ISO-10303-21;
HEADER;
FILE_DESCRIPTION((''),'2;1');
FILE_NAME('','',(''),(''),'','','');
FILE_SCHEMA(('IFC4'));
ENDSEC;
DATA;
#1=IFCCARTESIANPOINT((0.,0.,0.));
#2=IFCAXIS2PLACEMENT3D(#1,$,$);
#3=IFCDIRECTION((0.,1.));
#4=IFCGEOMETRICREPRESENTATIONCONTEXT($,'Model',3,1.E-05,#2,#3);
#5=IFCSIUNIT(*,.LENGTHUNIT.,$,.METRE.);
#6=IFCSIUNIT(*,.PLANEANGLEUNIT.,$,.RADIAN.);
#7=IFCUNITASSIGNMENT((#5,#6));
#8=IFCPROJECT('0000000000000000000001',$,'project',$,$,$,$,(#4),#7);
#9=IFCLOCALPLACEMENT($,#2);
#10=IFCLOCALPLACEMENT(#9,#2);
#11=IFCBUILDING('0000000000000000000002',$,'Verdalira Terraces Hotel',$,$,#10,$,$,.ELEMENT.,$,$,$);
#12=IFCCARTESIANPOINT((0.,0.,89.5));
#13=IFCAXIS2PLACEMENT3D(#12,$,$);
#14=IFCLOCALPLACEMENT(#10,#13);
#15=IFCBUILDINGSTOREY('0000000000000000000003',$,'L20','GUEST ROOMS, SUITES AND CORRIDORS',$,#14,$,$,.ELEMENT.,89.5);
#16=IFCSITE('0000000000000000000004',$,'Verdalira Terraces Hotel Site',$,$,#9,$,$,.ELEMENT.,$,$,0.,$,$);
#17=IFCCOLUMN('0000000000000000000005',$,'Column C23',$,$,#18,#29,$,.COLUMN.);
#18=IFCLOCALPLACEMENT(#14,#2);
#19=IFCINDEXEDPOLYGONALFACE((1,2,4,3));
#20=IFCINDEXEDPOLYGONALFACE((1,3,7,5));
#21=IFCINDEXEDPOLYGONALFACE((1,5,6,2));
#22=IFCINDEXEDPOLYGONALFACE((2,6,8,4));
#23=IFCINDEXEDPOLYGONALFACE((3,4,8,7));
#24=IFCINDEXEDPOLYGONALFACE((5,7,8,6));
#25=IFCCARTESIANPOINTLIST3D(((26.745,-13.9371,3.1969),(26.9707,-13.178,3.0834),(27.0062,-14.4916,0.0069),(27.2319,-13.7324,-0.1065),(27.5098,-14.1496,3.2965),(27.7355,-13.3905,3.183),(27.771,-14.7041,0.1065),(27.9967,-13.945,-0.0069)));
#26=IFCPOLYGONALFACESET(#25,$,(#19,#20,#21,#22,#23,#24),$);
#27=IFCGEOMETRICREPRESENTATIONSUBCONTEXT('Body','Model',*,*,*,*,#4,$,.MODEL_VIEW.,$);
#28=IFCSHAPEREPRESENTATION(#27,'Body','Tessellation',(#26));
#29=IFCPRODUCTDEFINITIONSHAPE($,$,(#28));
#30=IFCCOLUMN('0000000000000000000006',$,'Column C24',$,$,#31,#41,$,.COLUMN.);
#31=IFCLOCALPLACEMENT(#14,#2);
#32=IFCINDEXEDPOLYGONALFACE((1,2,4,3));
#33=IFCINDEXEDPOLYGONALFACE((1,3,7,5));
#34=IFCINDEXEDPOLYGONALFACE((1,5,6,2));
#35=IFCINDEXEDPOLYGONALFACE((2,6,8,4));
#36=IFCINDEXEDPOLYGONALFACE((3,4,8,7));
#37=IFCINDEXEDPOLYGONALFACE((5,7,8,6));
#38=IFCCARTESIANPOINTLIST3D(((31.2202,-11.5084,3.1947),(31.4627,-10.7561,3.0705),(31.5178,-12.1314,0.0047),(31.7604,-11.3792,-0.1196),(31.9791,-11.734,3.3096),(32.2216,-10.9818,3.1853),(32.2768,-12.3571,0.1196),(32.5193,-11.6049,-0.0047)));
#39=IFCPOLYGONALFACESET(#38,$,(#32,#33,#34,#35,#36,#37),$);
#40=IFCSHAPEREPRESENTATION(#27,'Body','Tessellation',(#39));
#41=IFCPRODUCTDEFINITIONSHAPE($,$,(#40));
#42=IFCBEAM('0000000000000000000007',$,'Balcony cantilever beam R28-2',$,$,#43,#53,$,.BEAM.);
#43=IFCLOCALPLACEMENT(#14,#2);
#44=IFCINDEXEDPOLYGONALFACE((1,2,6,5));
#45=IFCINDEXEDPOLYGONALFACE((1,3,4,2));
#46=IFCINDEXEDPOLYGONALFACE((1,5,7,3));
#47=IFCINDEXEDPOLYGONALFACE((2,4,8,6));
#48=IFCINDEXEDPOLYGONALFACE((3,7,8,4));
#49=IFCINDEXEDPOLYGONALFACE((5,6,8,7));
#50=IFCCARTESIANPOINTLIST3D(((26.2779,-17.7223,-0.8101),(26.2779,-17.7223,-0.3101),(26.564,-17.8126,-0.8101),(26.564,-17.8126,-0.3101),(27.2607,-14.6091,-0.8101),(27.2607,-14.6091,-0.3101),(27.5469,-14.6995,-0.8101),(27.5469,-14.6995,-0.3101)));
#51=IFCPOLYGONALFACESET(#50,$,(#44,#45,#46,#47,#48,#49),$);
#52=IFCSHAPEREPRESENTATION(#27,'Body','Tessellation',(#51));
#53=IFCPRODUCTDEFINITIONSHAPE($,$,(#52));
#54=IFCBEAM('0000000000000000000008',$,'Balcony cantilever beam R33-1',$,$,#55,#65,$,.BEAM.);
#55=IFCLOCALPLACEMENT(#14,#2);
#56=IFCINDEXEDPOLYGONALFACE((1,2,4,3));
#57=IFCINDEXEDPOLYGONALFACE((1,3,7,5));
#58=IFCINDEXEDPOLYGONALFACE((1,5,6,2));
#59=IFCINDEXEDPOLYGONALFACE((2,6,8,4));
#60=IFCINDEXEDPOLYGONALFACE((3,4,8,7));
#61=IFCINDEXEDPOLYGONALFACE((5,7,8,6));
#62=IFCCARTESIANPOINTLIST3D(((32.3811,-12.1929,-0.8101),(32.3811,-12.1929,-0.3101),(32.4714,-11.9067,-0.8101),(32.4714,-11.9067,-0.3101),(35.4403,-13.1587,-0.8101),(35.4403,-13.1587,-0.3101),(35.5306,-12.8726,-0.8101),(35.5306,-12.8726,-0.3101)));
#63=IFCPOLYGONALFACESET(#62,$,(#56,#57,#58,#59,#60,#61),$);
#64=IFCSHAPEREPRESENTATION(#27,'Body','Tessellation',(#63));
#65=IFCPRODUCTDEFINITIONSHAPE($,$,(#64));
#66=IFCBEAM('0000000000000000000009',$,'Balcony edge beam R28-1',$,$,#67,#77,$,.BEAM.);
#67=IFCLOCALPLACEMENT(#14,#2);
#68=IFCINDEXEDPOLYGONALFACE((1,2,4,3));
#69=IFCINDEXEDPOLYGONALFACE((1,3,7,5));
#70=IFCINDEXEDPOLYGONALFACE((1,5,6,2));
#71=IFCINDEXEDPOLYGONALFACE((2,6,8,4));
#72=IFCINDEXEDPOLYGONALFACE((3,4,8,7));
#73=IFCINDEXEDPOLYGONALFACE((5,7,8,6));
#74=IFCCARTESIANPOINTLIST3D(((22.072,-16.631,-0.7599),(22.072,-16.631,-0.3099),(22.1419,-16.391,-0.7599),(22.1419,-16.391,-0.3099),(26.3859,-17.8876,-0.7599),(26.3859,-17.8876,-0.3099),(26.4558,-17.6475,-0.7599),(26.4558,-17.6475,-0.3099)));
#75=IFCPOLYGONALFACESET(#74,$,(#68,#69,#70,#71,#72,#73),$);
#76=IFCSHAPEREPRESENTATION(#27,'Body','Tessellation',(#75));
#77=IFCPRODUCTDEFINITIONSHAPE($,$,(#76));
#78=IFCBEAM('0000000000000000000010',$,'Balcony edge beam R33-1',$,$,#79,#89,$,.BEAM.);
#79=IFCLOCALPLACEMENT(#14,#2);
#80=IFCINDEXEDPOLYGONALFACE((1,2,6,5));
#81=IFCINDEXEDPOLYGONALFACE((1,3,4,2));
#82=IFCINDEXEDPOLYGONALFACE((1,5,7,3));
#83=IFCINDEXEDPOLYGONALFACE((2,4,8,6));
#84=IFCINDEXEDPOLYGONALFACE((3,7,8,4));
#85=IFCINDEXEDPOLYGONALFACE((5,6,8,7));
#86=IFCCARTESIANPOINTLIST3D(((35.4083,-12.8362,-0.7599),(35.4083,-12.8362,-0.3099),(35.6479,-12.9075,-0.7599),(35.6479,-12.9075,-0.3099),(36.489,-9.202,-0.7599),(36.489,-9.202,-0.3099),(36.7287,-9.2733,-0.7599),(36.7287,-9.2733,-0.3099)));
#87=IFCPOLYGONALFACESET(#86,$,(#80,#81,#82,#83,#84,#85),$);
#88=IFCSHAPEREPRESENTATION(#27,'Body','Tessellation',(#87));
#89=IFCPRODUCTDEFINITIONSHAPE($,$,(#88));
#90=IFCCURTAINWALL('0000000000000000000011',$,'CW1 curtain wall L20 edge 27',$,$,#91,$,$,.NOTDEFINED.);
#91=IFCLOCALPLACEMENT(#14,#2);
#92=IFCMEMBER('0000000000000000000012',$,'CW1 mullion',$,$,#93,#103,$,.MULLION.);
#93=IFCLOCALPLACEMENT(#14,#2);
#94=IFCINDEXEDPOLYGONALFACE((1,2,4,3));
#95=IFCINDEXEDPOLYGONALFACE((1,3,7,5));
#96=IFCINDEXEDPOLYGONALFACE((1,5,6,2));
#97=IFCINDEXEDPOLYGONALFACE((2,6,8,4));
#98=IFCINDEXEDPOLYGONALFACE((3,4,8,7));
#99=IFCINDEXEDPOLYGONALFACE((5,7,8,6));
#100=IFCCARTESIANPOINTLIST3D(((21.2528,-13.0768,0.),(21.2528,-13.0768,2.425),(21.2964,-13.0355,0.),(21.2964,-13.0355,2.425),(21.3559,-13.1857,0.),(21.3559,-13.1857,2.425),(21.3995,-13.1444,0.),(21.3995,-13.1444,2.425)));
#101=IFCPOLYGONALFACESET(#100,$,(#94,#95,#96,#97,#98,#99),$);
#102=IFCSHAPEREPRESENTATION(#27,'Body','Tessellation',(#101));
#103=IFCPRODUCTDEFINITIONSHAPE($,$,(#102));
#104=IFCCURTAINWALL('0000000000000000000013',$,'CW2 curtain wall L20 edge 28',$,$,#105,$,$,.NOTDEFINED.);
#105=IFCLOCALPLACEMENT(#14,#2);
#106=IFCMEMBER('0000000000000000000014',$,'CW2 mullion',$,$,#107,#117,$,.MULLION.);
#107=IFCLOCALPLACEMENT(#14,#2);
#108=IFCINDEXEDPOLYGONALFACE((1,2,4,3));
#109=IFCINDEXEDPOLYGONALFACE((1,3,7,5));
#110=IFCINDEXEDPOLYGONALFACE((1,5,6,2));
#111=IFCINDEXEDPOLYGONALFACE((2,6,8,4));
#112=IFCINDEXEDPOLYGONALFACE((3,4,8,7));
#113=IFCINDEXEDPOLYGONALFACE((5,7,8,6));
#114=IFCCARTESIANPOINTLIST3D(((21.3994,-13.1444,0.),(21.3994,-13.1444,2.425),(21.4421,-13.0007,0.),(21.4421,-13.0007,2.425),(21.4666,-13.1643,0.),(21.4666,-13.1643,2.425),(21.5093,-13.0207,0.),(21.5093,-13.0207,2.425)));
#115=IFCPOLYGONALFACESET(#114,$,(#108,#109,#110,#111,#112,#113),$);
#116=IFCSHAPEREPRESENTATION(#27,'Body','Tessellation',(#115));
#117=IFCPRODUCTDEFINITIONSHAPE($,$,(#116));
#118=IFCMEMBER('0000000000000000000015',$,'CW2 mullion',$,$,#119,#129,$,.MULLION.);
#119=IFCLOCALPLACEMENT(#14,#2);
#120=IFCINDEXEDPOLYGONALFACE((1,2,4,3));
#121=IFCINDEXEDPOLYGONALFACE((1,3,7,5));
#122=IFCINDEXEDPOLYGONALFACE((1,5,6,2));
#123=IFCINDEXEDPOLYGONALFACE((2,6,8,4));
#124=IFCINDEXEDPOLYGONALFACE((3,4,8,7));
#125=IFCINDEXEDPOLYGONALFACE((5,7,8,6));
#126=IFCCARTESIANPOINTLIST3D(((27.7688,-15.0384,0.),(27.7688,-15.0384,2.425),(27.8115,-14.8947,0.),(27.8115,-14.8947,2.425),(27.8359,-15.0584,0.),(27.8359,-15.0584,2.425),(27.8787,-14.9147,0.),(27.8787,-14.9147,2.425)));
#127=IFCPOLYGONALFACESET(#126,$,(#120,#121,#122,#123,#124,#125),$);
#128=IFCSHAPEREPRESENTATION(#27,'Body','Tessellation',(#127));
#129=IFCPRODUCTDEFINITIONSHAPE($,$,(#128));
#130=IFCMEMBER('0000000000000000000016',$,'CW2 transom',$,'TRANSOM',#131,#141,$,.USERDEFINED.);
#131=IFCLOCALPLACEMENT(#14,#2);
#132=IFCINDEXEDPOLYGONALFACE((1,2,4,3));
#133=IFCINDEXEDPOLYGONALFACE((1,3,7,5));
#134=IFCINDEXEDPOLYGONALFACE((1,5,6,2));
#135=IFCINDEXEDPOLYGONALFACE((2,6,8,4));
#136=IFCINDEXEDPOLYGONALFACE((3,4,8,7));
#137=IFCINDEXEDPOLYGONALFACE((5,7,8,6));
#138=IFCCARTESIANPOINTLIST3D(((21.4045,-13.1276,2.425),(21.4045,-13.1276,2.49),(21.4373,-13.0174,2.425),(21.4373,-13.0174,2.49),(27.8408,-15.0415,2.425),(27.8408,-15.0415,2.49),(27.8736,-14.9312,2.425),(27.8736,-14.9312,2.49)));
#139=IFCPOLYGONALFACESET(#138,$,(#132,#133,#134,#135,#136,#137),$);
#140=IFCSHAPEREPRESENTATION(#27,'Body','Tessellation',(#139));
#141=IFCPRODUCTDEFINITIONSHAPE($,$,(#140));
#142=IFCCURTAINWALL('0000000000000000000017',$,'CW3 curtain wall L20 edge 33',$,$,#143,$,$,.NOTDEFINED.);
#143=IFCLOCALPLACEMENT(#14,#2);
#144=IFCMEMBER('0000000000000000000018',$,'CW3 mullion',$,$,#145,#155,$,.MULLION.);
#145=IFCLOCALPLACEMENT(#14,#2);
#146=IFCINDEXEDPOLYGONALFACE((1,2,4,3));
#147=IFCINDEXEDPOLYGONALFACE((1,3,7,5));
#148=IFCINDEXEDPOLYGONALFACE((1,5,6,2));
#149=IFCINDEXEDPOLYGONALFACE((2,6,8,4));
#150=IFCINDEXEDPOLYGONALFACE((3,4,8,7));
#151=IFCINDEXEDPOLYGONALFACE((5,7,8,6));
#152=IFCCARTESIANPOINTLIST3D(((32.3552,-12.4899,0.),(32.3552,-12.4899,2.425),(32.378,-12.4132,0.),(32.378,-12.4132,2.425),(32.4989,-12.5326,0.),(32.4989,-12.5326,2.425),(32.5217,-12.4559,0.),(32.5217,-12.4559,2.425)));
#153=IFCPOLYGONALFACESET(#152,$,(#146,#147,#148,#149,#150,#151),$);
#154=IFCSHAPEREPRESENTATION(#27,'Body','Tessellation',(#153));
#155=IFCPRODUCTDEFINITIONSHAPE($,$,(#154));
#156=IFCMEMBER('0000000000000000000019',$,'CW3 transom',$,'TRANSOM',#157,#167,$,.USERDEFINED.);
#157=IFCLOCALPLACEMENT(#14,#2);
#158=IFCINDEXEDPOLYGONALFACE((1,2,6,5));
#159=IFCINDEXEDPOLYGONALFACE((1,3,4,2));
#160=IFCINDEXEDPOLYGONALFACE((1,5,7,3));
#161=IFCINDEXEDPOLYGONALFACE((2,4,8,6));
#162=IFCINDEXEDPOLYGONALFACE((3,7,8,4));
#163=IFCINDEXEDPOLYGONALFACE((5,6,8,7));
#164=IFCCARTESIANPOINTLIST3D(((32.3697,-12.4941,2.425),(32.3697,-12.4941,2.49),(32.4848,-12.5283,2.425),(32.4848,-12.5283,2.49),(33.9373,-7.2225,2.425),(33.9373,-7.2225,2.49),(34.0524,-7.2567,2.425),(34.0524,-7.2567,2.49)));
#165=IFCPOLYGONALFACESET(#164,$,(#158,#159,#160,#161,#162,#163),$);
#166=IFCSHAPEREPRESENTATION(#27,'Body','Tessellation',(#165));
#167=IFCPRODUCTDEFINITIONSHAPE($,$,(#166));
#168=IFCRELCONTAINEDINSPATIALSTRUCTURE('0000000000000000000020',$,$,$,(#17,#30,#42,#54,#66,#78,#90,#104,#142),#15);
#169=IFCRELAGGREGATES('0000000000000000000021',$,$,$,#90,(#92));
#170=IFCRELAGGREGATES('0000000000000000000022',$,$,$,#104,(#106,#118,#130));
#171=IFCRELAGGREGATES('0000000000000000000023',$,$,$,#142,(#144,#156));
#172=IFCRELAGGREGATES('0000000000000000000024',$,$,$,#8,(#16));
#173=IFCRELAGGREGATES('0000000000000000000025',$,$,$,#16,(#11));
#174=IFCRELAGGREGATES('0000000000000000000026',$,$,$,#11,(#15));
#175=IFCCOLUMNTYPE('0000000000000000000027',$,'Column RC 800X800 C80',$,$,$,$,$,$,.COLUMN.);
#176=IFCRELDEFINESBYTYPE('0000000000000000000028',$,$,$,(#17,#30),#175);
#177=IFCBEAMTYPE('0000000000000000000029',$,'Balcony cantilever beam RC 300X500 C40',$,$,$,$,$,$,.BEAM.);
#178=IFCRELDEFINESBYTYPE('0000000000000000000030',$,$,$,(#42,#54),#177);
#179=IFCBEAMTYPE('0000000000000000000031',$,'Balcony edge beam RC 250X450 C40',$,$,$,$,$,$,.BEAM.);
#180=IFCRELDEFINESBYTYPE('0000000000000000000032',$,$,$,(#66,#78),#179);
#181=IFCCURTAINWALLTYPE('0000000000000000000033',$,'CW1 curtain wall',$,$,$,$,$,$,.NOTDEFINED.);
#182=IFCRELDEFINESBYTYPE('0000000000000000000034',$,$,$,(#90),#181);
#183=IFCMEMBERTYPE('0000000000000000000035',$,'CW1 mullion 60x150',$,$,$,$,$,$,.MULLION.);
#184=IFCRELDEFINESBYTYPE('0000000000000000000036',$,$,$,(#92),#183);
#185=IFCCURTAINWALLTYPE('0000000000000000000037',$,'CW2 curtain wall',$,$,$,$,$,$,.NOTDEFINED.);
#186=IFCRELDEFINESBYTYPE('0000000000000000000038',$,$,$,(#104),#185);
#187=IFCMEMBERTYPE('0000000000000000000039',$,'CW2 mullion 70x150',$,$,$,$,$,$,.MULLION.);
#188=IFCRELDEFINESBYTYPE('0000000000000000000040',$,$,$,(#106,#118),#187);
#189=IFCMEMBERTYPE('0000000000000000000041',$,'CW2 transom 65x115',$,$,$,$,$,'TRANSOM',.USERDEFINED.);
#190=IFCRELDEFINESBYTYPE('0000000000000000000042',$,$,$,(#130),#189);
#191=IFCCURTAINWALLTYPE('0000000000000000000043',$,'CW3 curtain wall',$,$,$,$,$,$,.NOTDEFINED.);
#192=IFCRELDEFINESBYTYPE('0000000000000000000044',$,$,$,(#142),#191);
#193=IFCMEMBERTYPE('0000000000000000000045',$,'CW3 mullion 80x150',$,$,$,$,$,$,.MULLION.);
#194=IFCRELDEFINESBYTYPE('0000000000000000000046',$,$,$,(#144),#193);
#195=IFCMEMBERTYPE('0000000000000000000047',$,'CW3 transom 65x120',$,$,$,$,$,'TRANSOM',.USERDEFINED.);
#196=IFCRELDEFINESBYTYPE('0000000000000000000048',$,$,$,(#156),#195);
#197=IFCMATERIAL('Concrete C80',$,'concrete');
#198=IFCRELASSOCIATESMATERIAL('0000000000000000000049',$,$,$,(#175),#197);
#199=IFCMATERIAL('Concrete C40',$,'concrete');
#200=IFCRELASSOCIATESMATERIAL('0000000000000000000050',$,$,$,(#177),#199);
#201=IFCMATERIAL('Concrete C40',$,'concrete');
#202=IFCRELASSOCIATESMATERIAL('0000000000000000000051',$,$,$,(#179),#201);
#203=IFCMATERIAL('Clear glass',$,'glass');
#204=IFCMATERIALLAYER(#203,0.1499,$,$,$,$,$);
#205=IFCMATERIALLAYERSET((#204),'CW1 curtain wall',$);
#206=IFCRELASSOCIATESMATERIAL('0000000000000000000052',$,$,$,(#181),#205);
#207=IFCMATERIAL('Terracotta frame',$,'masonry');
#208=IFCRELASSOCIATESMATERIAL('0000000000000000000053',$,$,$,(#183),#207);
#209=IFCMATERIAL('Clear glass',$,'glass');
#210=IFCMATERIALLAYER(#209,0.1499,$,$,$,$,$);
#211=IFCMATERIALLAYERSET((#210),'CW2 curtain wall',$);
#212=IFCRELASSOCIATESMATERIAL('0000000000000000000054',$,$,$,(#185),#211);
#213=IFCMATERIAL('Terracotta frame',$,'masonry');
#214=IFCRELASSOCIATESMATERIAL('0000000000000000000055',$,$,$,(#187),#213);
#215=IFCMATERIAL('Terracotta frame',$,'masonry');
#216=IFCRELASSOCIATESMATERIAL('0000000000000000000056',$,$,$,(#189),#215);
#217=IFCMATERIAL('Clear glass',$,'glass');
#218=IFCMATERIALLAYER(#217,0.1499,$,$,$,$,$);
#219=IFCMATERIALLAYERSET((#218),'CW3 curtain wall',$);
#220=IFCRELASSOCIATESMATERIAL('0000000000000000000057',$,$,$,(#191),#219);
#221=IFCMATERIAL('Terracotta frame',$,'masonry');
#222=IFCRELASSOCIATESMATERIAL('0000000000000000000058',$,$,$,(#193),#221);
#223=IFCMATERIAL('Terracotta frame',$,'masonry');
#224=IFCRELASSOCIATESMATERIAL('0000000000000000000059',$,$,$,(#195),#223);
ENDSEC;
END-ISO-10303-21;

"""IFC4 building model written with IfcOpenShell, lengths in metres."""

from ifc_helpers import new_model, si_unit, direction, frame, origin, origin_2d, place, context, subcontext, project, spatial, rectangle, extrude, material, layer, layer_set, material_profile, profile_set, type_object, element, aggregate, save


model = new_model("IFC4")

# Units and contexts
model_context = context("Model", 3, precision=1e-05, world=origin(), true_north=direction((0.0, 1.0)))
body_context = subcontext(model_context, "Body", "Model", "MODEL_VIEW")
ifc_project = project(units=[si_unit("LENGTHUNIT", "METRE"), si_unit("PLANEANGLEUNIT", "RADIAN")], contexts=[model_context])

# Site, building, storey
site_placement = place(None, origin())
site = spatial("IfcSite", under=ifc_project, at=site_placement, Name="Verdalira Terraces Hotel Site", CompositionType="ELEMENT", RefElevation=0.0)
building_placement = place(site_placement, origin())
building = spatial("IfcBuilding", under=site, at=building_placement, Name="Verdalira Terraces Hotel", CompositionType="ELEMENT")
storey_placement = place(building_placement, frame((0.0, 0.0, 89.5)))
storey = spatial("IfcBuildingStorey", under=building, at=storey_placement, Name="L20", Description="GUEST ROOMS, SUITES AND CORRIDORS", CompositionType="ELEMENT", Elevation=89.5)

# Columns
ifc_material_1 = material(Name="Concrete C80", Category="concrete")
ifc_material_profile_1 = material_profile(ifc_material_1, rectangle(XDim=0.8, YDim=0.8, at=origin_2d()), Name="RC 800X800")
ifc_profile_set_1 = profile_set([ifc_material_profile_1], Name="Concrete C80")
column_type = type_object("IfcColumnType", Name="Column RC 800X800 C80", PredefinedType="COLUMN", material=ifc_profile_set_1)
column_1_placement = place(storey_placement, frame((27.5015, -14.2183, 0.0), z_axis=(-0.080421, 0.170688, 0.982038), x_axis=(0.956007, -0.265633, 0.124459)))
element("IfcColumn", 1, at=column_1_placement, inside=storey, type_object=column_type, Name="Column C23", PredefinedType="COLUMN", context=body_context, shape_type="SweptSolid", body=[
    extrude(rectangle(XDim=0.8, YDim=0.8, at=origin_2d()), origin(), (0.0, 0.0, 1.0), 3.2483),
])
column_2_placement = place(storey_placement, frame((32.0186, -11.8682, 0.0), z_axis=(-0.091184, 0.190895, 0.977366), x_axis=(0.303123, 0.940203, -0.155357)))
element("IfcColumn", 2, at=column_2_placement, inside=storey, type_object=column_type, Name="Column C24", PredefinedType="COLUMN", context=body_context, shape_type="SweptSolid", body=[
    extrude(rectangle(XDim=0.8, YDim=0.8, at=origin_2d()), origin(), (0.0, 0.0, 1.0), 3.2639),
])

# Beams
ifc_material_2 = material(Name="Concrete C40", Category="concrete")
ifc_material_profile_2 = material_profile(ifc_material_2, rectangle(XDim=0.3, YDim=0.5, at=origin_2d()), Name="RC 300X500")
ifc_profile_set_2 = profile_set([ifc_material_profile_2], Name="Concrete C40")
beam_type_1 = type_object("IfcBeamType", Name="Balcony cantilever beam RC 300X500 C40", PredefinedType="BEAM", material=ifc_profile_set_2)
beam_1_placement = place(storey_placement, frame((27.4038, -14.6543, -0.5601), z_axis=(-0.301067, -0.953603, 0.0), x_axis=(0.953603, -0.301067, 0.0)))
element("IfcBeam", 3, at=beam_1_placement, inside=storey, type_object=beam_type_1, Name="Balcony cantilever beam R28-2", PredefinedType="BEAM", context=body_context, shape_type="SweptSolid", body=[
    extrude(rectangle(XDim=0.3, YDim=0.5, at=origin_2d()), origin(), (0.0, 0.0, 1.0), 3.2646),
])
beam_2_placement = place(storey_placement, frame((32.4263, -12.0498, -0.5601), z_axis=(0.953601, -0.301073, 0.0), x_axis=(0.301073, 0.953601, 0.0)))
element("IfcBeam", 4, at=beam_2_placement, inside=storey, type_object=beam_type_1, Name="Balcony cantilever beam R33-1", PredefinedType="BEAM", context=body_context, shape_type="SweptSolid", body=[
    extrude(rectangle(XDim=0.3, YDim=0.5, at=origin_2d()), origin(), (0.0, 0.0, 1.0), 3.208),
])
ifc_material_3 = material(Name="Concrete C40", Category="concrete")
ifc_material_profile_3 = material_profile(ifc_material_3, rectangle(XDim=0.25, YDim=0.45, at=origin_2d()), Name="RC 250X450")
ifc_profile_set_3 = profile_set([ifc_material_profile_3], Name="Concrete C40")
beam_type_2 = type_object("IfcBeamType", Name="Balcony edge beam RC 250X450 C40", PredefinedType="BEAM", material=ifc_profile_set_3)
beam_3_placement = place(storey_placement, frame((22.1069, -16.511, -0.5349), z_axis=(0.960099, -0.279662, 0.0), x_axis=(0.279662, 0.960099, 0.0)))
element("IfcBeam", 5, at=beam_3_placement, inside=storey, type_object=beam_type_2, Name="Balcony edge beam R28-1", PredefinedType="BEAM", context=body_context, shape_type="SweptSolid", body=[
    extrude(rectangle(XDim=0.25, YDim=0.45, at=origin_2d()), origin(), (0.0, 0.0, 1.0), 4.4932),
])
beam_4_placement = place(storey_placement, frame((35.5281, -12.8718, -0.5349), z_axis=(0.285055, 0.958511, 0.0), x_axis=(-0.958511, 0.285055, 0.0)))
element("IfcBeam", 6, at=beam_4_placement, inside=storey, type_object=beam_type_2, Name="Balcony edge beam R33-1", PredefinedType="BEAM", context=body_context, shape_type="SweptSolid", body=[
    extrude(rectangle(XDim=0.25, YDim=0.45, at=origin_2d()), origin(), (0.0, 0.0, 1.0), 3.7915),
])

# Curtain wall, member
ifc_material_4 = material(Name="Clear glass", Category="glass")
ifc_layer_1 = layer(ifc_material_4, 0.1499)
ifc_layer_set_1 = layer_set([ifc_layer_1], Name="CW1 curtain wall")
curtain_wall_type_1 = type_object("IfcCurtainWallType", Name="CW1 curtain wall", PredefinedType="NOTDEFINED", material=ifc_layer_set_1)
curtain_wall_1_placement = place(storey_placement, origin())
curtain_wall_1 = element("IfcCurtainWall", 7, at=curtain_wall_1_placement, inside=storey, type_object=curtain_wall_type_1, Name="CW1 curtain wall L20 edge 27", PredefinedType="NOTDEFINED")
ifc_material_5 = material(Name="Terracotta frame", Category="masonry")
ifc_material_profile_4 = material_profile(ifc_material_5, rectangle(XDim=0.0601, YDim=0.1499, at=origin_2d()), Name="MU 60x150")
ifc_profile_set_4 = profile_set([ifc_material_profile_4], Name="Terracotta frame")
member_type_1 = type_object("IfcMemberType", Name="CW1 mullion 60x150", PredefinedType="MULLION", material=ifc_profile_set_4)
member_1_placement = place(storey_placement, frame((21.3262, -13.1106, 0.0), z_axis=(0.0, 0.0, 1.0), x_axis=(0.726095, 0.687595, 0.0)))
member_1 = element("IfcMember", 8, at=member_1_placement, type_object=member_type_1, Name="CW1 mullion", PredefinedType="MULLION", context=body_context, shape_type="SweptSolid", body=[
    extrude(rectangle(XDim=0.0601, YDim=0.1499, at=origin_2d()), origin(), (0.0, 0.0, 1.0), 2.425),
])
aggregate(curtain_wall_1, [member_1])

# Curtain walls, members
ifc_material_6 = material(Name="Clear glass", Category="glass")
ifc_layer_2 = layer(ifc_material_6, 0.1499)
ifc_layer_set_2 = layer_set([ifc_layer_2], Name="CW2 curtain wall")
curtain_wall_type_2 = type_object("IfcCurtainWallType", Name="CW2 curtain wall", PredefinedType="NOTDEFINED", material=ifc_layer_set_2)
curtain_wall_2_placement = place(storey_placement, origin())
curtain_wall_2 = element("IfcCurtainWall", 9, at=curtain_wall_2_placement, inside=storey, type_object=curtain_wall_type_2, Name="CW2 curtain wall L20 edge 28", PredefinedType="NOTDEFINED")
ifc_material_7 = material(Name="Terracotta frame", Category="masonry")
ifc_material_profile_5 = material_profile(ifc_material_7, rectangle(XDim=0.0701, YDim=0.1499, at=origin_2d()), Name="MU 70x150")
ifc_profile_set_5 = profile_set([ifc_material_profile_5], Name="Terracotta frame")
member_type_2 = type_object("IfcMemberType", Name="CW2 mullion 70x150", PredefinedType="MULLION", material=ifc_profile_set_5)
member_2_placement = place(storey_placement, frame((21.4543, -13.0825, 0.0), z_axis=(0.0, 0.0, 1.0), x_axis=(0.958522, -0.285019, 0.0)))
member_2 = element("IfcMember", 10, at=member_2_placement, type_object=member_type_2, Name="CW2 mullion", PredefinedType="MULLION", context=body_context, shape_type="SweptSolid", body=[
    extrude(rectangle(XDim=0.0701, YDim=0.1499, at=origin_2d()), origin(), (0.0, 0.0, 1.0), 2.425),
])
member_3_placement = place(storey_placement, frame((27.8237, -14.9766, 0.0), z_axis=(0.0, 0.0, 1.0), x_axis=(0.958522, -0.285019, 0.0)))
member_3 = element("IfcMember", 11, at=member_3_placement, type_object=member_type_2, Name="CW2 mullion", PredefinedType="MULLION", context=body_context, shape_type="SweptSolid", body=[
    extrude(rectangle(XDim=0.0701, YDim=0.1499, at=origin_2d()), origin(), (0.0, 0.0, 1.0), 2.425),
])
ifc_material_8 = material(Name="Terracotta frame", Category="masonry")
ifc_material_profile_6 = material_profile(ifc_material_8, rectangle(XDim=0.115, YDim=0.0649, at=origin_2d()), Name="TR 65x115")
ifc_profile_set_6 = profile_set([ifc_material_profile_6], Name="Terracotta frame")
member_type_3 = type_object("IfcMemberType", Name="CW2 transom 65x115", ElementType="TRANSOM", PredefinedType="USERDEFINED", material=ifc_profile_set_6)
member_4_placement = place(storey_placement, frame((21.4209, -13.0725, 2.4575), z_axis=(0.958523, -0.285015, 0.0), x_axis=(0.285015, 0.958523, 0.0)))
member_4 = element("IfcMember", 12, at=member_4_placement, type_object=member_type_3, Name="CW2 transom", ObjectType="TRANSOM", PredefinedType="USERDEFINED", context=body_context, shape_type="SweptSolid", body=[
    extrude(rectangle(XDim=0.115, YDim=0.0649, at=origin_2d()), origin(), (0.0, 0.0, 1.0), 6.7148),
])
ifc_material_9 = material(Name="Clear glass", Category="glass")
ifc_layer_3 = layer(ifc_material_9, 0.1499)
ifc_layer_set_3 = layer_set([ifc_layer_3], Name="CW3 curtain wall")
curtain_wall_type_3 = type_object("IfcCurtainWallType", Name="CW3 curtain wall", PredefinedType="NOTDEFINED", material=ifc_layer_set_3)
curtain_wall_3_placement = place(storey_placement, origin())
curtain_wall_3 = element("IfcCurtainWall", 13, at=curtain_wall_3_placement, inside=storey, type_object=curtain_wall_type_3, Name="CW3 curtain wall L20 edge 33", PredefinedType="NOTDEFINED")
ifc_material_10 = material(Name="Terracotta frame", Category="masonry")
ifc_material_profile_7 = material_profile(ifc_material_10, rectangle(XDim=0.0801, YDim=0.1499, at=origin_2d()), Name="MU 80x150")
ifc_profile_set_7 = profile_set([ifc_material_profile_7], Name="Terracotta frame")
member_type_4 = type_object("IfcMemberType", Name="CW3 mullion 80x150", PredefinedType="MULLION", material=ifc_profile_set_7)
member_5_placement = place(storey_placement, frame((32.4385, -12.4729, 0.0), z_axis=(0.0, 0.0, 1.0), x_axis=(0.285019, 0.958522, 0.0)))
member_5 = element("IfcMember", 14, at=member_5_placement, type_object=member_type_4, Name="CW3 mullion", PredefinedType="MULLION", context=body_context, shape_type="SweptSolid", body=[
    extrude(rectangle(XDim=0.0801, YDim=0.1499, at=origin_2d()), origin(), (0.0, 0.0, 1.0), 2.425),
])
ifc_material_11 = material(Name="Terracotta frame", Category="masonry")
ifc_material_profile_8 = material_profile(ifc_material_11, rectangle(XDim=0.1201, YDim=0.0649, at=origin_2d()), Name="TR 65x120")
ifc_profile_set_8 = profile_set([ifc_material_profile_8], Name="Terracotta frame")
member_type_5 = type_object("IfcMemberType", Name="CW3 transom 65x120", ElementType="TRANSOM", PredefinedType="USERDEFINED", material=ifc_profile_set_8)
member_6_placement = place(storey_placement, frame((32.4272, -12.5112, 2.4575), z_axis=(0.28503, 0.958519, 0.0), x_axis=(-0.958519, 0.28503, 0.0)))
member_6 = element("IfcMember", 15, at=member_6_placement, type_object=member_type_5, Name="CW3 transom", ObjectType="TRANSOM", PredefinedType="USERDEFINED", context=body_context, shape_type="SweptSolid", body=[
    extrude(rectangle(XDim=0.1201, YDim=0.0649, at=origin_2d()), origin(), (0.0, 0.0, 1.0), 5.4998),
])

aggregate(curtain_wall_2, [member_2, member_3, member_4])
aggregate(curtain_wall_3, [member_5, member_6])

save(model, "model.ifc")
